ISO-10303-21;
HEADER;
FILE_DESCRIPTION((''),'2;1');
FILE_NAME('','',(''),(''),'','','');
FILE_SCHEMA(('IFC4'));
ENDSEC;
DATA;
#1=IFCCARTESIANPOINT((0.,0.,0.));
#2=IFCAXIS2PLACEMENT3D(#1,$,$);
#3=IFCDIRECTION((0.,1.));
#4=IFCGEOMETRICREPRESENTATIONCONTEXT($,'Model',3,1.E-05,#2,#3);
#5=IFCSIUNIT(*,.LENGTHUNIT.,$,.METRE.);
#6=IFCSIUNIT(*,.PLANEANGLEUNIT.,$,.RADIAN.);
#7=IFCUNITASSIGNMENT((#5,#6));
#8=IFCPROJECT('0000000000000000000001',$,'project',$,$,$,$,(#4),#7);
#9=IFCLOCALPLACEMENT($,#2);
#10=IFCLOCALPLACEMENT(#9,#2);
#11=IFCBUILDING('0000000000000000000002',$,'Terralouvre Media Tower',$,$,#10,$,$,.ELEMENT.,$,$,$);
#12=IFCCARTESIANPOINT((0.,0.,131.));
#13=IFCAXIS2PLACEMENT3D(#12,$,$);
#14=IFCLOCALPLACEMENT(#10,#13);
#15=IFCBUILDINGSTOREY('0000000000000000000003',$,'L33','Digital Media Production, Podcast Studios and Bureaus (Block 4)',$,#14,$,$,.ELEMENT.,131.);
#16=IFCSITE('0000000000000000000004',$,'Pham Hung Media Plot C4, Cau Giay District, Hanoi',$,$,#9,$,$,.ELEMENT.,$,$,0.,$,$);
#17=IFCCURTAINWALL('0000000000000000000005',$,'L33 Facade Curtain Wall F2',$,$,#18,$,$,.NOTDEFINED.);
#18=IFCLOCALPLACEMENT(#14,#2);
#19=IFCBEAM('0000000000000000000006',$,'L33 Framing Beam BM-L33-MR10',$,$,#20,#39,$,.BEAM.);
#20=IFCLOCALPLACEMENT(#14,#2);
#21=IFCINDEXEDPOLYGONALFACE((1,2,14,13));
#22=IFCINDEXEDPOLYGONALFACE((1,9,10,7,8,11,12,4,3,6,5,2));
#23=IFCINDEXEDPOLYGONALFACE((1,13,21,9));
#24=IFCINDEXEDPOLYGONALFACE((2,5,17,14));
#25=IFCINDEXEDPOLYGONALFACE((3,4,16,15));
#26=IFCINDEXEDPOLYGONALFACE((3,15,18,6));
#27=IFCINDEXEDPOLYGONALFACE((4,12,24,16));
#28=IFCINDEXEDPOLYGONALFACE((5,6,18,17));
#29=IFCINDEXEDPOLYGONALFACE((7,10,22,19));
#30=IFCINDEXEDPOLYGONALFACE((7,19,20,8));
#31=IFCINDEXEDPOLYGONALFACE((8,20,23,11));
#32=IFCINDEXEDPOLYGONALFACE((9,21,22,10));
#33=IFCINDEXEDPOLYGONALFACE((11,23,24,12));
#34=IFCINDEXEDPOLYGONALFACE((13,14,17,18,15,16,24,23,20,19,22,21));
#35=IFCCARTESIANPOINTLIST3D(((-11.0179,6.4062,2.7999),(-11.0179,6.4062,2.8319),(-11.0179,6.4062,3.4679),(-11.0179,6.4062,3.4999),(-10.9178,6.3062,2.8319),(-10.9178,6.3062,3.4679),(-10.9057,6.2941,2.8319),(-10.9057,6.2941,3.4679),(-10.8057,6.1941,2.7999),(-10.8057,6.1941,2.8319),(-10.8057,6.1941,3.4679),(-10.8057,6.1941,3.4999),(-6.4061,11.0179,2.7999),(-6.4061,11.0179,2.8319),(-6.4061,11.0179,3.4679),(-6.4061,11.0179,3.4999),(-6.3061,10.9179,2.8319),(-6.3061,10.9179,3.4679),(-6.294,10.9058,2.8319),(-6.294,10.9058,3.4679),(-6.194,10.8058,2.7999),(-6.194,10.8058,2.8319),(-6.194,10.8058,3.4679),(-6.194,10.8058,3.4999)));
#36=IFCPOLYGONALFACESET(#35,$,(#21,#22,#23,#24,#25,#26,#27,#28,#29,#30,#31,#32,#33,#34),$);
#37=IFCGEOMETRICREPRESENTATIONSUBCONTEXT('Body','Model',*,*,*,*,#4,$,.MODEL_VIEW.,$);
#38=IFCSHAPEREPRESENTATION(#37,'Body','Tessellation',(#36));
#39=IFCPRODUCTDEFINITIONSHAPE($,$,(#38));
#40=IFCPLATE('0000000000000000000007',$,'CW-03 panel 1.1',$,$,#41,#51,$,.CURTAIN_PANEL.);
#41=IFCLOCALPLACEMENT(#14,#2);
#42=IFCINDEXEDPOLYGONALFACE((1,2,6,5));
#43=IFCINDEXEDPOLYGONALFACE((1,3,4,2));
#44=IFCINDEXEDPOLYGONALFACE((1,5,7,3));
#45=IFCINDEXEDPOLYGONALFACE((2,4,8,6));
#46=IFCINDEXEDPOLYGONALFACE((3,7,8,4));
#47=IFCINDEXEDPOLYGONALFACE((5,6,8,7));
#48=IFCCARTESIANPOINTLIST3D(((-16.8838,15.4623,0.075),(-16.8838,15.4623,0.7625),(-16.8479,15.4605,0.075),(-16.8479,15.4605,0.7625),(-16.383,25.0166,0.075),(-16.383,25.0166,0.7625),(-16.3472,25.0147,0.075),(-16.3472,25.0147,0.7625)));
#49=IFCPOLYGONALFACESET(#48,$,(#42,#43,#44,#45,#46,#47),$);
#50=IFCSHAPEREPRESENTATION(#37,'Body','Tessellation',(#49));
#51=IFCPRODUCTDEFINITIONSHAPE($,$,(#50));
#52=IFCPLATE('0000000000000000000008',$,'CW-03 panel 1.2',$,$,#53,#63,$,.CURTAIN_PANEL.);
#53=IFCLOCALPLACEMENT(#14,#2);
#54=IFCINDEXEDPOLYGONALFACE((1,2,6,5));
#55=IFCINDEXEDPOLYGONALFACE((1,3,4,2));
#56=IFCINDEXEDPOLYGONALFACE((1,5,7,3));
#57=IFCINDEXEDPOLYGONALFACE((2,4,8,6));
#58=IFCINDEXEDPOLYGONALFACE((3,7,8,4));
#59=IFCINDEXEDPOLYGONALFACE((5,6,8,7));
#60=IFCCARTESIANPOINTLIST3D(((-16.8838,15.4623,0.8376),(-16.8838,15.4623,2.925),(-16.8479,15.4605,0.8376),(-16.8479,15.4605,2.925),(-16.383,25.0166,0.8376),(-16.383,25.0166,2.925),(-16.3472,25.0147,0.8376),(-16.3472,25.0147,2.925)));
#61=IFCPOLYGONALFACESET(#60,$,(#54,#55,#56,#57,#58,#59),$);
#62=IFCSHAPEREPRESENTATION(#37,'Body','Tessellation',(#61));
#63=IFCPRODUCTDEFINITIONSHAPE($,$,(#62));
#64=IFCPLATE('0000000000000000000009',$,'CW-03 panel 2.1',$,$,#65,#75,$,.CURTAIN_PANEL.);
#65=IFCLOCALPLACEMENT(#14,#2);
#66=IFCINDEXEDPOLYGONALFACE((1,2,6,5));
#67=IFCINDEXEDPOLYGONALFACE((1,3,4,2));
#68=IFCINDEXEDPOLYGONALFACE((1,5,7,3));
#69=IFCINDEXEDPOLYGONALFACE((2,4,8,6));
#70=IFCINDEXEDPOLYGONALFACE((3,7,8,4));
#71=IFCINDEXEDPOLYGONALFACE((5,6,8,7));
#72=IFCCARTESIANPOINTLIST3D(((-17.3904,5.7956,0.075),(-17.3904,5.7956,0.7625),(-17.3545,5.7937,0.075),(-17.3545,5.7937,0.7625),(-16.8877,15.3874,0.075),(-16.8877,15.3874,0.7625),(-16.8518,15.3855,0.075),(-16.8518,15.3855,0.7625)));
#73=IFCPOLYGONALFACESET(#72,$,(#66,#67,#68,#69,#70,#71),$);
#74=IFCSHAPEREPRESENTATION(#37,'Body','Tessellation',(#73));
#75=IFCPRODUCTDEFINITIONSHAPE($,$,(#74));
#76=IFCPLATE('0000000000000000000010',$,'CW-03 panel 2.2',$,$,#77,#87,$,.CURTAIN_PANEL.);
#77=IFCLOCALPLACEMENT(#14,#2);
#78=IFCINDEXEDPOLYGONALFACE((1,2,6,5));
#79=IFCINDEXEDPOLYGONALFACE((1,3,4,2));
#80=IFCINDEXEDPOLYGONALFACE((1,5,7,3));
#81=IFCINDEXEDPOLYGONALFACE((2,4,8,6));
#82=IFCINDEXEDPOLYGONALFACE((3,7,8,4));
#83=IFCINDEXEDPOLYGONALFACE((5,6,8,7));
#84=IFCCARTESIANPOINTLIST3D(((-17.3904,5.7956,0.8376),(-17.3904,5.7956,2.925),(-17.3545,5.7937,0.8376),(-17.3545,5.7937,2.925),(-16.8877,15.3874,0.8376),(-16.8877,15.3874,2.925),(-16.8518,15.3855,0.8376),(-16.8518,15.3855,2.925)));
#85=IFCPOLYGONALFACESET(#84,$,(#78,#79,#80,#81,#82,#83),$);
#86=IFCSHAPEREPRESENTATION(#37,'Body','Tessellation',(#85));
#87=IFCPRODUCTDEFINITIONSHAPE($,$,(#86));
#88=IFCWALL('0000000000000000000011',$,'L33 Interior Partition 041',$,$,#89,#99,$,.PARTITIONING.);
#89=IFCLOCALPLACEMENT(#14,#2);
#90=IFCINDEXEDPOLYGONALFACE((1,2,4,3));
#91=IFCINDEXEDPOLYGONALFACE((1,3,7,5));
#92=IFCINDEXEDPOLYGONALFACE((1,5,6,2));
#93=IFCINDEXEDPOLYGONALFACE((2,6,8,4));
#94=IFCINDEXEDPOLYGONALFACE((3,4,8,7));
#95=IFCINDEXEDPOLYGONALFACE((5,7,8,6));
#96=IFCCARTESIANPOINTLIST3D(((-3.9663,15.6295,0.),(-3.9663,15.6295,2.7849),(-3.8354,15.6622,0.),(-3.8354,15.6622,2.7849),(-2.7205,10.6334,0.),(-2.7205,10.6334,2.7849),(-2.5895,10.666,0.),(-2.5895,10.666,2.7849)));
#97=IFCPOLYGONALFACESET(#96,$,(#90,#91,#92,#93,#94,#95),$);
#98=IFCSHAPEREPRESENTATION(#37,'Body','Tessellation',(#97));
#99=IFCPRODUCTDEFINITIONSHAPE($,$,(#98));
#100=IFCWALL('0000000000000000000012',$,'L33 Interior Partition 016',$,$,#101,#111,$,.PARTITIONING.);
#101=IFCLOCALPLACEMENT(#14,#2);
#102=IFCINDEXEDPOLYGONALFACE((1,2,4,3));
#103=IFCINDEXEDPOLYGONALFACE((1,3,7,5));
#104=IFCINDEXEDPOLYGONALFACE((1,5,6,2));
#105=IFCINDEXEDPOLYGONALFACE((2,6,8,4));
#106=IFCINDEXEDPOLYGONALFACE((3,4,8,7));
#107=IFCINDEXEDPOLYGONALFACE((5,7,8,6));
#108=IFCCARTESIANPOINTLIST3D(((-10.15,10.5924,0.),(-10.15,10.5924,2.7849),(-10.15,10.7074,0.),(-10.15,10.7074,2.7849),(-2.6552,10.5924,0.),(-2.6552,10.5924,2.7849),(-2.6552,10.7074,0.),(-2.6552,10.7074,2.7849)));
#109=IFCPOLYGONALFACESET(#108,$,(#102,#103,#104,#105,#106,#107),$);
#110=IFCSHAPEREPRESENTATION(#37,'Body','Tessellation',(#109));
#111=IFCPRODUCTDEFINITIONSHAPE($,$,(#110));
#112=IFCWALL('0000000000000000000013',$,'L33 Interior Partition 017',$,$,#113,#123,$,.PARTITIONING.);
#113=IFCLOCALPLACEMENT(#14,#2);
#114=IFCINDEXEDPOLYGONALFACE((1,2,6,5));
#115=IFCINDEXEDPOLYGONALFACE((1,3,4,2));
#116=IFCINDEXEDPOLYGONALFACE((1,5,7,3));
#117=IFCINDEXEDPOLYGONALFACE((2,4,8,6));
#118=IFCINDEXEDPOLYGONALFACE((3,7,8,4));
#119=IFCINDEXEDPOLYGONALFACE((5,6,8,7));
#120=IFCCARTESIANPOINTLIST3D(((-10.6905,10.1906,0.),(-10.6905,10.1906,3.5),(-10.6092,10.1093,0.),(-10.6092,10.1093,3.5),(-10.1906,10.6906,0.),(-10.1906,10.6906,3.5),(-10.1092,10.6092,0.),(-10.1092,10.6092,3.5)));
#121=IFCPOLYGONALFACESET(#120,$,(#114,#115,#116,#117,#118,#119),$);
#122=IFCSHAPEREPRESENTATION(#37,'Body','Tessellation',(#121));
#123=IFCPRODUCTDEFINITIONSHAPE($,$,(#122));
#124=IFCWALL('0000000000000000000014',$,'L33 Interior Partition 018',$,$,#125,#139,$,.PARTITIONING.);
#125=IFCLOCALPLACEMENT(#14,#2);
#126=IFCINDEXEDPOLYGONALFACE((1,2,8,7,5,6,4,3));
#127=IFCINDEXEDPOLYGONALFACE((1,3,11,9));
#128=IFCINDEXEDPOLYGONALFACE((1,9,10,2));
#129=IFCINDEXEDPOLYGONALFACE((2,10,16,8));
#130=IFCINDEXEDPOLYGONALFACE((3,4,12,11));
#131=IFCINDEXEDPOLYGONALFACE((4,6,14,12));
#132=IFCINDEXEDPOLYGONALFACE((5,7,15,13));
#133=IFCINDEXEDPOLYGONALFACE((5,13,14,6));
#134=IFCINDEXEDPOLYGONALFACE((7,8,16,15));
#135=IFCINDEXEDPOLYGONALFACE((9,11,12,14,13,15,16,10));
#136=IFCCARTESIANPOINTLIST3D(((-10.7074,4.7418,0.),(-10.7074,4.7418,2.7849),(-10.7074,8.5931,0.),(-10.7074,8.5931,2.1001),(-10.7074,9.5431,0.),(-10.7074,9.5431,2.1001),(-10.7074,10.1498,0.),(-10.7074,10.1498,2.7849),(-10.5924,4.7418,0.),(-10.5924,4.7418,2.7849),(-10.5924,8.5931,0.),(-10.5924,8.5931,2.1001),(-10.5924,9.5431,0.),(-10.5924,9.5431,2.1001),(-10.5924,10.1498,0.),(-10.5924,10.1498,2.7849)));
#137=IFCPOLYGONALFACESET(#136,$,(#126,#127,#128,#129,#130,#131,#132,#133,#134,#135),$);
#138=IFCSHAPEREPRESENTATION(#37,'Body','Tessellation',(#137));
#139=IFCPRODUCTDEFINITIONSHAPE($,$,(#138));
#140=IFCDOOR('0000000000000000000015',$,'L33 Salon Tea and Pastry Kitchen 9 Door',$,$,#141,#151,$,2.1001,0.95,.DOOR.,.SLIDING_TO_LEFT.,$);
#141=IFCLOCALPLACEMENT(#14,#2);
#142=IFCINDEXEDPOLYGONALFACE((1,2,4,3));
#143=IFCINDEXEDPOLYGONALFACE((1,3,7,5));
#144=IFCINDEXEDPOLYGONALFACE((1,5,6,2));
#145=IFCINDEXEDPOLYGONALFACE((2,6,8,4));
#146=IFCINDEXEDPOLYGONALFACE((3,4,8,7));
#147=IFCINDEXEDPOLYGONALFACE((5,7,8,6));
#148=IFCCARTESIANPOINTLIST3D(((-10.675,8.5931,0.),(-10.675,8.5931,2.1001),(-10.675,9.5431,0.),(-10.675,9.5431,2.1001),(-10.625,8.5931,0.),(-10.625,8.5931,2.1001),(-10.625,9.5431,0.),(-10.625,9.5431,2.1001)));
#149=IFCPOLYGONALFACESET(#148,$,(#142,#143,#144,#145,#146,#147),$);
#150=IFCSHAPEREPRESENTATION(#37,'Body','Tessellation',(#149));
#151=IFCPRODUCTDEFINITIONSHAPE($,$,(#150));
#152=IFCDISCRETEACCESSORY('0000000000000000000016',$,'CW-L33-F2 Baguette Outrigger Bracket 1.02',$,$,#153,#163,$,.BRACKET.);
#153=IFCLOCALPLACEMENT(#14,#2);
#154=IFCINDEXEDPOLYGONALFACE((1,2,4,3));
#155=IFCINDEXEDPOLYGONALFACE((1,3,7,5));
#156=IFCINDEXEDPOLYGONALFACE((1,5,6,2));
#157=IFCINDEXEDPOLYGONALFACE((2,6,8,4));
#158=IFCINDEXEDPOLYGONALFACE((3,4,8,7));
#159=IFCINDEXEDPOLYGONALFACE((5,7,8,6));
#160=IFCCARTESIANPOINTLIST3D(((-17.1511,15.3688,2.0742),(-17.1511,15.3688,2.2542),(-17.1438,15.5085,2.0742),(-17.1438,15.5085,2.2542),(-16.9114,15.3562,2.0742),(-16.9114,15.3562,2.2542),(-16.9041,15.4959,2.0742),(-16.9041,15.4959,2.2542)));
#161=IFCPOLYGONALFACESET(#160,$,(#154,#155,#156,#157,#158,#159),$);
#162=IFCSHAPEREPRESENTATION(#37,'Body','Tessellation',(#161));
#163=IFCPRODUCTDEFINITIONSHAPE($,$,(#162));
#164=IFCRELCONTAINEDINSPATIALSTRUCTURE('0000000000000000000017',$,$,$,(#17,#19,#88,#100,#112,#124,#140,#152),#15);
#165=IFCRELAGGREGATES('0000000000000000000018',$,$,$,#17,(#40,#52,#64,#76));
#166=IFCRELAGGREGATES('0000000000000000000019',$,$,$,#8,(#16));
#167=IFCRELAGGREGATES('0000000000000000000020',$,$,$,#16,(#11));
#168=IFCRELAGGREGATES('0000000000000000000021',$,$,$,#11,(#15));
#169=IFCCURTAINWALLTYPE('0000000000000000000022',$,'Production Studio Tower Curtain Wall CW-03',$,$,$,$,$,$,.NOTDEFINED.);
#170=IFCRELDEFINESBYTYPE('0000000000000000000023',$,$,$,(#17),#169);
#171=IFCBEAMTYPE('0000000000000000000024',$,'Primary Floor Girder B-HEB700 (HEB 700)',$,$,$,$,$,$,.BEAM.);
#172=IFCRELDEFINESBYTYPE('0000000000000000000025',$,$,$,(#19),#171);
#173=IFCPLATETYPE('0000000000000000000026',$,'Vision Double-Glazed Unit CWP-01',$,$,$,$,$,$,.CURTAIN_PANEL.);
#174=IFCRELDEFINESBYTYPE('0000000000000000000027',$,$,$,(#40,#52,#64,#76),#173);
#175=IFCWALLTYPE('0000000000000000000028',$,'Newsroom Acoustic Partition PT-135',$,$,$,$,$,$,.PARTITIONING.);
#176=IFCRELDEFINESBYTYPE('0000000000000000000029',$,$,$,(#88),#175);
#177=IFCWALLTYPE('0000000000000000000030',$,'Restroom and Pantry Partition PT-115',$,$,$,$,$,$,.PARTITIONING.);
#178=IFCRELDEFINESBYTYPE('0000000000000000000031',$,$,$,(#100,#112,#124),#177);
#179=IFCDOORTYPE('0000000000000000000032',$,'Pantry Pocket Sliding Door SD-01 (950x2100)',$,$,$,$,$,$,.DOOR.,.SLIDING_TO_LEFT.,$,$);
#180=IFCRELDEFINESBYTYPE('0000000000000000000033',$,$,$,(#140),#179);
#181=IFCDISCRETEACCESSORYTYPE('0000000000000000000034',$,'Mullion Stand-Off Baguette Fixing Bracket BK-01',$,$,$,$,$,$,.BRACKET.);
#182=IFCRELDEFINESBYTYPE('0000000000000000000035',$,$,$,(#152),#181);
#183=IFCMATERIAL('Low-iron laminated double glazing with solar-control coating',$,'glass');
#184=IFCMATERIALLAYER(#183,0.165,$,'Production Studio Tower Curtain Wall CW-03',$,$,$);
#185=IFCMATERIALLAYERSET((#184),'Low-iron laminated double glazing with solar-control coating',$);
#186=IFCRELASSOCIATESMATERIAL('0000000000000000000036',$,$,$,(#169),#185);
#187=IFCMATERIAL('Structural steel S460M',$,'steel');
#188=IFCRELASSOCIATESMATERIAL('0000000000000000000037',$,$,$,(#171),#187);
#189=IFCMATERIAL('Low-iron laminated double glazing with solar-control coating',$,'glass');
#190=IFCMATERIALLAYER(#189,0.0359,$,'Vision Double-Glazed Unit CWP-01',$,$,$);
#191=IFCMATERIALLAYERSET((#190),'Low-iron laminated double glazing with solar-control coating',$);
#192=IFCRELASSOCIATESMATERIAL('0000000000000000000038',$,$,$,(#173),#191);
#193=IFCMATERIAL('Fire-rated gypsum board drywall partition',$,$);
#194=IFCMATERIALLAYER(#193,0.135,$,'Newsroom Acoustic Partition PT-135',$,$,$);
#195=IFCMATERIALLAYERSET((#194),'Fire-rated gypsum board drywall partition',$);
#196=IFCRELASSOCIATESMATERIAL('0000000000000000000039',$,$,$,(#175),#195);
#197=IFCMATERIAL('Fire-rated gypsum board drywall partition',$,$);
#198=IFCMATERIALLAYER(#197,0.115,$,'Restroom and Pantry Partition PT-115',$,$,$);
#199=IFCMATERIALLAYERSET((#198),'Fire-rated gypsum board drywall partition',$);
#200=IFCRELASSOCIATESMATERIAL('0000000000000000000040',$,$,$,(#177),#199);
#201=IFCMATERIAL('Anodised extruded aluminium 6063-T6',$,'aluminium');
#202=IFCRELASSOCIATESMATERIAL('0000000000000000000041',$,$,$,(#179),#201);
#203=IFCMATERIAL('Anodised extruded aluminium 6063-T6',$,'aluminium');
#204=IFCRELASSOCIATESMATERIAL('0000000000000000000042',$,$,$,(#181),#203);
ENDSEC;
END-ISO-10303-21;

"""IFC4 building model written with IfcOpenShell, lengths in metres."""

from ifc_helpers import new_model, si_unit, direction, frame, frame_2d, origin, origin_2d, place, context, subcontext, project, spatial, rectangle, i_section, extrude, material, layer, layer_set, material_profile, profile_set, type_object, element, fill, aggregate, save


model = new_model("IFC4")

# Units and contexts
model_context = context("Model", 3, precision=1e-05, world=origin(), true_north=direction((0.0, 1.0)))
body_context = subcontext(model_context, "Body", "Model", "MODEL_VIEW")
ifc_project = project(units=[si_unit("LENGTHUNIT", "METRE"), si_unit("PLANEANGLEUNIT", "RADIAN")], contexts=[model_context])

# Site, building, storey
site_placement = place(None, origin())
site = spatial("IfcSite", under=ifc_project, at=site_placement, Name="Pham Hung Media Plot C4, Cau Giay District, Hanoi", CompositionType="ELEMENT", RefElevation=0.0)
building_placement = place(site_placement, origin())
building = spatial("IfcBuilding", under=site, at=building_placement, Name="Terralouvre Media Tower", CompositionType="ELEMENT")
storey_placement = place(building_placement, frame((0.0, 0.0, 131.0)))
storey = spatial("IfcBuildingStorey", under=building, at=storey_placement, Name="L33", Description="Digital Media Production, Podcast Studios and Bureaus (Block 4)", CompositionType="ELEMENT", Elevation=131.0)

# Curtain wall
ifc_material_1 = material(Name="Low-iron laminated double glazing with solar-control coating", Category="glass")
ifc_layer_1 = layer(ifc_material_1, 0.165, Name="Production Studio Tower Curtain Wall CW-03")
ifc_layer_set_1 = layer_set([ifc_layer_1], Name="Low-iron laminated double glazing with solar-control coating")
curtain_wall_type = type_object("IfcCurtainWallType", Name="Production Studio Tower Curtain Wall CW-03", PredefinedType="NOTDEFINED", material=ifc_layer_set_1)
curtain_wall_placement = place(storey_placement, origin())
curtain_wall = element("IfcCurtainWall", 1, at=curtain_wall_placement, inside=storey, type_object=curtain_wall_type, Name="L33 Facade Curtain Wall F2", PredefinedType="NOTDEFINED")

# Beam
ifc_material_2 = material(Name="Structural steel S460M", Category="steel")
ifc_material_profile_1 = material_profile(ifc_material_2, i_section(OverallWidth=0.3, OverallDepth=0.7, WebThickness=0.0171, FlangeThickness=0.032, at=origin_2d()), Name="HEB 700")
ifc_profile_set_1 = profile_set([ifc_material_profile_1], Name="Structural steel S460M")
beam_type_1 = type_object("IfcBeamType", Name="Primary Floor Girder B-HEB700 (HEB 700)", PredefinedType="BEAM", material=ifc_profile_set_1)
beam_1_placement = place(storey_placement, frame((-6.3, 10.9119, 3.1499), z_axis=(-0.707107, -0.707107, 0.0), x_axis=(0.707107, -0.707107, 0.0)))
element("IfcBeam", 2, at=beam_1_placement, inside=storey, type_object=beam_type_1, Name="L33 Framing Beam BM-L33-MR10", PredefinedType="BEAM", context=body_context, shape_type="SweptSolid", body=[
    extrude(i_section(OverallWidth=0.3, OverallDepth=0.7, WebThickness=0.0171, FlangeThickness=0.032, at=origin_2d()), origin(), (0.0, 0.0, 1.0), 6.522),
])

# Plates
ifc_material_3 = material(Name="Low-iron laminated double glazing with solar-control coating", Category="glass")
ifc_layer_2 = layer(ifc_material_3, 0.0359, Name="Vision Double-Glazed Unit CWP-01")
ifc_layer_set_2 = layer_set([ifc_layer_2], Name="Low-iron laminated double glazing with solar-control coating")
plate_type = type_object("IfcPlateType", Name="Vision Double-Glazed Unit CWP-01", PredefinedType="CURTAIN_PANEL", material=ifc_layer_set_2)
plate_1_placement = place(storey_placement, frame((-16.6155, 20.2385, 0.075), z_axis=(0.0, 0.0, 1.0), x_axis=(-0.052336, -0.99863, 0.0)))
plate_1 = element("IfcPlate", 3, at=plate_1_placement, type_object=plate_type, Name="CW-03 panel 1.1", PredefinedType="CURTAIN_PANEL", context=body_context, shape_type="SweptSolid", body=[
    extrude(rectangle(XDim=9.5674, YDim=0.0359, at=origin_2d()), origin(), (0.0, 0.0, 1.0), 0.6875),
])
plate_2_placement = place(storey_placement, frame((-16.6155, 20.2385, 0.8376), z_axis=(0.0, 0.0, 1.0), x_axis=(-0.052336, -0.99863, 0.0)))
plate_2 = element("IfcPlate", 4, at=plate_2_placement, type_object=plate_type, Name="CW-03 panel 1.2", PredefinedType="CURTAIN_PANEL", context=body_context, shape_type="SweptSolid", body=[
    extrude(rectangle(XDim=9.5674, YDim=0.0359, at=origin_2d()), origin(), (0.0, 0.0, 1.0), 2.0874),
])
plate_3_placement = place(storey_placement, frame((-17.1211, 10.5906, 0.075), z_axis=(0.0, 0.0, 1.0), x_axis=(-0.052336, -0.99863, 0.0)))
plate_3 = element("IfcPlate", 5, at=plate_3_placement, type_object=plate_type, Name="CW-03 panel 2.1", PredefinedType="CURTAIN_PANEL", context=body_context, shape_type="SweptSolid", body=[
    extrude(rectangle(XDim=9.605, YDim=0.0359, at=origin_2d()), origin(), (0.0, 0.0, 1.0), 0.6875),
])
plate_4_placement = place(storey_placement, frame((-17.1211, 10.5906, 0.8376), z_axis=(0.0, 0.0, 1.0), x_axis=(-0.052336, -0.99863, 0.0)))
plate_4 = element("IfcPlate", 6, at=plate_4_placement, type_object=plate_type, Name="CW-03 panel 2.2", PredefinedType="CURTAIN_PANEL", context=body_context, shape_type="SweptSolid", body=[
    extrude(rectangle(XDim=9.605, YDim=0.0359, at=origin_2d()), origin(), (0.0, 0.0, 1.0), 2.0874),
])
aggregate(curtain_wall, [plate_1, plate_2, plate_3, plate_4])

# Walls
ifc_material_4 = material(Name="Fire-rated gypsum board drywall partition")
ifc_layer_3 = layer(ifc_material_4, 0.135, Name="Newsroom Acoustic Partition PT-135")
ifc_layer_set_3 = layer_set([ifc_layer_3], Name="Fire-rated gypsum board drywall partition")
wall_type_1 = type_object("IfcWallType", Name="Newsroom Acoustic Partition PT-135", PredefinedType="PARTITIONING", material=ifc_layer_set_3)
wall_1_placement = place(storey_placement, frame((-3.9009, 15.646, 0.0), z_axis=(0.0, 0.0, 1.0), x_axis=(0.241955, -0.970287, 0.0)))
element("IfcWall", 7, at=wall_1_placement, inside=storey, type_object=wall_type_1, Name="L33 Interior Partition 041", PredefinedType="PARTITIONING", context=body_context, shape_type="SweptSolid", body=[
    extrude(rectangle(XDim=5.1492, YDim=0.135, at=frame_2d((2.5747, 0.0))), origin(), (0.0, 0.0, 1.0), 2.7849),
])
ifc_material_5 = material(Name="Fire-rated gypsum board drywall partition")
ifc_layer_4 = layer(ifc_material_5, 0.115, Name="Restroom and Pantry Partition PT-115")
ifc_layer_set_4 = layer_set([ifc_layer_4], Name="Fire-rated gypsum board drywall partition")
wall_type_2 = type_object("IfcWallType", Name="Restroom and Pantry Partition PT-115", PredefinedType="PARTITIONING", material=ifc_layer_set_4)
wall_2_placement = place(storey_placement, frame((-2.655, 10.6499, 0.0), z_axis=(0.0, 0.0, 1.0), x_axis=(-1.0, 0.0, 0.0)))
element("IfcWall", 8, at=wall_2_placement, inside=storey, type_object=wall_type_2, Name="L33 Interior Partition 016", PredefinedType="PARTITIONING", context=body_context, shape_type="SweptSolid", body=[
    extrude(rectangle(XDim=7.4949, YDim=0.115, at=frame_2d((3.7476, 0.0))), origin(), (0.0, 0.0, 1.0), 2.7849),
])
wall_3_placement = place(storey_placement, frame((-10.1499, 10.6499, 0.0), z_axis=(0.0, 0.0, 1.0), x_axis=(-0.707107, -0.707107, 0.0)))
element("IfcWall", 9, at=wall_3_placement, inside=storey, type_object=wall_type_2, Name="L33 Interior Partition 017", PredefinedType="PARTITIONING", context=body_context, shape_type="SweptSolid", body=[
    extrude(rectangle(XDim=0.707, YDim=0.115, at=frame_2d((0.3535, 0.0))), origin(), (0.0, 0.0, 1.0), 3.5),
])

# Wall, opening, door
wall_4_placement = place(storey_placement, frame((-10.6499, 10.1499, 0.0), z_axis=(0.0, 0.0, 1.0), x_axis=(0.0, -1.0, 0.0)))
wall_4 = element("IfcWall", 10, at=wall_4_placement, inside=storey, type_object=wall_type_2, Name="L33 Interior Partition 018", PredefinedType="PARTITIONING", context=body_context, shape_type="SweptSolid", body=[
    extrude(rectangle(XDim=5.408, YDim=0.115, at=frame_2d((2.7041, 0.0))), origin(), (0.0, 0.0, 1.0), 2.7849),
])
opening_1_placement = place(wall_4_placement, frame((0.6067, 0.0, 0.0)))
opening_1 = element("IfcOpeningElement", 11, at=opening_1_placement, cuts=wall_4, PredefinedType="OPENING", context=body_context, shape_type="SweptSolid", body=[
    extrude(rectangle(XDim=0.95, YDim=2.1001, at=frame_2d((0.4751, 1.05))), frame((0.0, 0.0674, 0.0), z_axis=(0.0, -1.0, 0.0), x_axis=(1.0, 0.0, 0.0)), (0.0, 0.0, 1.0), 0.135),
])
ifc_material_6 = material(Name="Anodised extruded aluminium 6063-T6", Category="aluminium")
door_type_1 = type_object("IfcDoorType", Name="Pantry Pocket Sliding Door SD-01 (950x2100)", OperationType="SLIDING_TO_LEFT", PredefinedType="DOOR", material=ifc_material_6)
door_1_placement = place(opening_1_placement, origin())
door_1 = element("IfcDoor", 12, at=door_1_placement, inside=storey, type_object=door_type_1, Name="L33 Salon Tea and Pastry Kitchen 9 Door", OperationType="SLIDING_TO_LEFT", OverallHeight=2.1001, OverallWidth=0.95, PredefinedType="DOOR", context=body_context, shape_type="SweptSolid", body=[
    extrude(rectangle(XDim=0.95, YDim=2.1001, at=frame_2d((0.4751, 1.05))), frame((0.0, 0.0249, 0.0), z_axis=(0.0, -1.0, 0.0), x_axis=(1.0, 0.0, 0.0)), (0.0, 0.0, 1.0), 0.05),
])
fill(opening_1, door_1)

# Discrete accessory
ifc_material_7 = material(Name="Anodised extruded aluminium 6063-T6", Category="aluminium")
discrete_accessory_type = type_object("IfcDiscreteAccessoryType", Name="Mullion Stand-Off Baguette Fixing Bracket BK-01", PredefinedType="BRACKET", material=ifc_material_7)
discrete_accessory_placement = place(storey_placement, frame((-17.0276, 15.4324, 2.0742), z_axis=(0.0, 0.0, 1.0), x_axis=(-0.052336, -0.99863, 0.0)))
element("IfcDiscreteAccessory", 13, at=discrete_accessory_placement, inside=storey, type_object=discrete_accessory_type, Name="CW-L33-F2 Baguette Outrigger Bracket 1.02", PredefinedType="BRACKET", context=body_context, shape_type="SweptSolid", body=[
    extrude(rectangle(XDim=0.1399, YDim=0.24, at=origin_2d()), origin(), (0.0, 0.0, 1.0), 0.1799),
])

save(model, "model.ifc")
